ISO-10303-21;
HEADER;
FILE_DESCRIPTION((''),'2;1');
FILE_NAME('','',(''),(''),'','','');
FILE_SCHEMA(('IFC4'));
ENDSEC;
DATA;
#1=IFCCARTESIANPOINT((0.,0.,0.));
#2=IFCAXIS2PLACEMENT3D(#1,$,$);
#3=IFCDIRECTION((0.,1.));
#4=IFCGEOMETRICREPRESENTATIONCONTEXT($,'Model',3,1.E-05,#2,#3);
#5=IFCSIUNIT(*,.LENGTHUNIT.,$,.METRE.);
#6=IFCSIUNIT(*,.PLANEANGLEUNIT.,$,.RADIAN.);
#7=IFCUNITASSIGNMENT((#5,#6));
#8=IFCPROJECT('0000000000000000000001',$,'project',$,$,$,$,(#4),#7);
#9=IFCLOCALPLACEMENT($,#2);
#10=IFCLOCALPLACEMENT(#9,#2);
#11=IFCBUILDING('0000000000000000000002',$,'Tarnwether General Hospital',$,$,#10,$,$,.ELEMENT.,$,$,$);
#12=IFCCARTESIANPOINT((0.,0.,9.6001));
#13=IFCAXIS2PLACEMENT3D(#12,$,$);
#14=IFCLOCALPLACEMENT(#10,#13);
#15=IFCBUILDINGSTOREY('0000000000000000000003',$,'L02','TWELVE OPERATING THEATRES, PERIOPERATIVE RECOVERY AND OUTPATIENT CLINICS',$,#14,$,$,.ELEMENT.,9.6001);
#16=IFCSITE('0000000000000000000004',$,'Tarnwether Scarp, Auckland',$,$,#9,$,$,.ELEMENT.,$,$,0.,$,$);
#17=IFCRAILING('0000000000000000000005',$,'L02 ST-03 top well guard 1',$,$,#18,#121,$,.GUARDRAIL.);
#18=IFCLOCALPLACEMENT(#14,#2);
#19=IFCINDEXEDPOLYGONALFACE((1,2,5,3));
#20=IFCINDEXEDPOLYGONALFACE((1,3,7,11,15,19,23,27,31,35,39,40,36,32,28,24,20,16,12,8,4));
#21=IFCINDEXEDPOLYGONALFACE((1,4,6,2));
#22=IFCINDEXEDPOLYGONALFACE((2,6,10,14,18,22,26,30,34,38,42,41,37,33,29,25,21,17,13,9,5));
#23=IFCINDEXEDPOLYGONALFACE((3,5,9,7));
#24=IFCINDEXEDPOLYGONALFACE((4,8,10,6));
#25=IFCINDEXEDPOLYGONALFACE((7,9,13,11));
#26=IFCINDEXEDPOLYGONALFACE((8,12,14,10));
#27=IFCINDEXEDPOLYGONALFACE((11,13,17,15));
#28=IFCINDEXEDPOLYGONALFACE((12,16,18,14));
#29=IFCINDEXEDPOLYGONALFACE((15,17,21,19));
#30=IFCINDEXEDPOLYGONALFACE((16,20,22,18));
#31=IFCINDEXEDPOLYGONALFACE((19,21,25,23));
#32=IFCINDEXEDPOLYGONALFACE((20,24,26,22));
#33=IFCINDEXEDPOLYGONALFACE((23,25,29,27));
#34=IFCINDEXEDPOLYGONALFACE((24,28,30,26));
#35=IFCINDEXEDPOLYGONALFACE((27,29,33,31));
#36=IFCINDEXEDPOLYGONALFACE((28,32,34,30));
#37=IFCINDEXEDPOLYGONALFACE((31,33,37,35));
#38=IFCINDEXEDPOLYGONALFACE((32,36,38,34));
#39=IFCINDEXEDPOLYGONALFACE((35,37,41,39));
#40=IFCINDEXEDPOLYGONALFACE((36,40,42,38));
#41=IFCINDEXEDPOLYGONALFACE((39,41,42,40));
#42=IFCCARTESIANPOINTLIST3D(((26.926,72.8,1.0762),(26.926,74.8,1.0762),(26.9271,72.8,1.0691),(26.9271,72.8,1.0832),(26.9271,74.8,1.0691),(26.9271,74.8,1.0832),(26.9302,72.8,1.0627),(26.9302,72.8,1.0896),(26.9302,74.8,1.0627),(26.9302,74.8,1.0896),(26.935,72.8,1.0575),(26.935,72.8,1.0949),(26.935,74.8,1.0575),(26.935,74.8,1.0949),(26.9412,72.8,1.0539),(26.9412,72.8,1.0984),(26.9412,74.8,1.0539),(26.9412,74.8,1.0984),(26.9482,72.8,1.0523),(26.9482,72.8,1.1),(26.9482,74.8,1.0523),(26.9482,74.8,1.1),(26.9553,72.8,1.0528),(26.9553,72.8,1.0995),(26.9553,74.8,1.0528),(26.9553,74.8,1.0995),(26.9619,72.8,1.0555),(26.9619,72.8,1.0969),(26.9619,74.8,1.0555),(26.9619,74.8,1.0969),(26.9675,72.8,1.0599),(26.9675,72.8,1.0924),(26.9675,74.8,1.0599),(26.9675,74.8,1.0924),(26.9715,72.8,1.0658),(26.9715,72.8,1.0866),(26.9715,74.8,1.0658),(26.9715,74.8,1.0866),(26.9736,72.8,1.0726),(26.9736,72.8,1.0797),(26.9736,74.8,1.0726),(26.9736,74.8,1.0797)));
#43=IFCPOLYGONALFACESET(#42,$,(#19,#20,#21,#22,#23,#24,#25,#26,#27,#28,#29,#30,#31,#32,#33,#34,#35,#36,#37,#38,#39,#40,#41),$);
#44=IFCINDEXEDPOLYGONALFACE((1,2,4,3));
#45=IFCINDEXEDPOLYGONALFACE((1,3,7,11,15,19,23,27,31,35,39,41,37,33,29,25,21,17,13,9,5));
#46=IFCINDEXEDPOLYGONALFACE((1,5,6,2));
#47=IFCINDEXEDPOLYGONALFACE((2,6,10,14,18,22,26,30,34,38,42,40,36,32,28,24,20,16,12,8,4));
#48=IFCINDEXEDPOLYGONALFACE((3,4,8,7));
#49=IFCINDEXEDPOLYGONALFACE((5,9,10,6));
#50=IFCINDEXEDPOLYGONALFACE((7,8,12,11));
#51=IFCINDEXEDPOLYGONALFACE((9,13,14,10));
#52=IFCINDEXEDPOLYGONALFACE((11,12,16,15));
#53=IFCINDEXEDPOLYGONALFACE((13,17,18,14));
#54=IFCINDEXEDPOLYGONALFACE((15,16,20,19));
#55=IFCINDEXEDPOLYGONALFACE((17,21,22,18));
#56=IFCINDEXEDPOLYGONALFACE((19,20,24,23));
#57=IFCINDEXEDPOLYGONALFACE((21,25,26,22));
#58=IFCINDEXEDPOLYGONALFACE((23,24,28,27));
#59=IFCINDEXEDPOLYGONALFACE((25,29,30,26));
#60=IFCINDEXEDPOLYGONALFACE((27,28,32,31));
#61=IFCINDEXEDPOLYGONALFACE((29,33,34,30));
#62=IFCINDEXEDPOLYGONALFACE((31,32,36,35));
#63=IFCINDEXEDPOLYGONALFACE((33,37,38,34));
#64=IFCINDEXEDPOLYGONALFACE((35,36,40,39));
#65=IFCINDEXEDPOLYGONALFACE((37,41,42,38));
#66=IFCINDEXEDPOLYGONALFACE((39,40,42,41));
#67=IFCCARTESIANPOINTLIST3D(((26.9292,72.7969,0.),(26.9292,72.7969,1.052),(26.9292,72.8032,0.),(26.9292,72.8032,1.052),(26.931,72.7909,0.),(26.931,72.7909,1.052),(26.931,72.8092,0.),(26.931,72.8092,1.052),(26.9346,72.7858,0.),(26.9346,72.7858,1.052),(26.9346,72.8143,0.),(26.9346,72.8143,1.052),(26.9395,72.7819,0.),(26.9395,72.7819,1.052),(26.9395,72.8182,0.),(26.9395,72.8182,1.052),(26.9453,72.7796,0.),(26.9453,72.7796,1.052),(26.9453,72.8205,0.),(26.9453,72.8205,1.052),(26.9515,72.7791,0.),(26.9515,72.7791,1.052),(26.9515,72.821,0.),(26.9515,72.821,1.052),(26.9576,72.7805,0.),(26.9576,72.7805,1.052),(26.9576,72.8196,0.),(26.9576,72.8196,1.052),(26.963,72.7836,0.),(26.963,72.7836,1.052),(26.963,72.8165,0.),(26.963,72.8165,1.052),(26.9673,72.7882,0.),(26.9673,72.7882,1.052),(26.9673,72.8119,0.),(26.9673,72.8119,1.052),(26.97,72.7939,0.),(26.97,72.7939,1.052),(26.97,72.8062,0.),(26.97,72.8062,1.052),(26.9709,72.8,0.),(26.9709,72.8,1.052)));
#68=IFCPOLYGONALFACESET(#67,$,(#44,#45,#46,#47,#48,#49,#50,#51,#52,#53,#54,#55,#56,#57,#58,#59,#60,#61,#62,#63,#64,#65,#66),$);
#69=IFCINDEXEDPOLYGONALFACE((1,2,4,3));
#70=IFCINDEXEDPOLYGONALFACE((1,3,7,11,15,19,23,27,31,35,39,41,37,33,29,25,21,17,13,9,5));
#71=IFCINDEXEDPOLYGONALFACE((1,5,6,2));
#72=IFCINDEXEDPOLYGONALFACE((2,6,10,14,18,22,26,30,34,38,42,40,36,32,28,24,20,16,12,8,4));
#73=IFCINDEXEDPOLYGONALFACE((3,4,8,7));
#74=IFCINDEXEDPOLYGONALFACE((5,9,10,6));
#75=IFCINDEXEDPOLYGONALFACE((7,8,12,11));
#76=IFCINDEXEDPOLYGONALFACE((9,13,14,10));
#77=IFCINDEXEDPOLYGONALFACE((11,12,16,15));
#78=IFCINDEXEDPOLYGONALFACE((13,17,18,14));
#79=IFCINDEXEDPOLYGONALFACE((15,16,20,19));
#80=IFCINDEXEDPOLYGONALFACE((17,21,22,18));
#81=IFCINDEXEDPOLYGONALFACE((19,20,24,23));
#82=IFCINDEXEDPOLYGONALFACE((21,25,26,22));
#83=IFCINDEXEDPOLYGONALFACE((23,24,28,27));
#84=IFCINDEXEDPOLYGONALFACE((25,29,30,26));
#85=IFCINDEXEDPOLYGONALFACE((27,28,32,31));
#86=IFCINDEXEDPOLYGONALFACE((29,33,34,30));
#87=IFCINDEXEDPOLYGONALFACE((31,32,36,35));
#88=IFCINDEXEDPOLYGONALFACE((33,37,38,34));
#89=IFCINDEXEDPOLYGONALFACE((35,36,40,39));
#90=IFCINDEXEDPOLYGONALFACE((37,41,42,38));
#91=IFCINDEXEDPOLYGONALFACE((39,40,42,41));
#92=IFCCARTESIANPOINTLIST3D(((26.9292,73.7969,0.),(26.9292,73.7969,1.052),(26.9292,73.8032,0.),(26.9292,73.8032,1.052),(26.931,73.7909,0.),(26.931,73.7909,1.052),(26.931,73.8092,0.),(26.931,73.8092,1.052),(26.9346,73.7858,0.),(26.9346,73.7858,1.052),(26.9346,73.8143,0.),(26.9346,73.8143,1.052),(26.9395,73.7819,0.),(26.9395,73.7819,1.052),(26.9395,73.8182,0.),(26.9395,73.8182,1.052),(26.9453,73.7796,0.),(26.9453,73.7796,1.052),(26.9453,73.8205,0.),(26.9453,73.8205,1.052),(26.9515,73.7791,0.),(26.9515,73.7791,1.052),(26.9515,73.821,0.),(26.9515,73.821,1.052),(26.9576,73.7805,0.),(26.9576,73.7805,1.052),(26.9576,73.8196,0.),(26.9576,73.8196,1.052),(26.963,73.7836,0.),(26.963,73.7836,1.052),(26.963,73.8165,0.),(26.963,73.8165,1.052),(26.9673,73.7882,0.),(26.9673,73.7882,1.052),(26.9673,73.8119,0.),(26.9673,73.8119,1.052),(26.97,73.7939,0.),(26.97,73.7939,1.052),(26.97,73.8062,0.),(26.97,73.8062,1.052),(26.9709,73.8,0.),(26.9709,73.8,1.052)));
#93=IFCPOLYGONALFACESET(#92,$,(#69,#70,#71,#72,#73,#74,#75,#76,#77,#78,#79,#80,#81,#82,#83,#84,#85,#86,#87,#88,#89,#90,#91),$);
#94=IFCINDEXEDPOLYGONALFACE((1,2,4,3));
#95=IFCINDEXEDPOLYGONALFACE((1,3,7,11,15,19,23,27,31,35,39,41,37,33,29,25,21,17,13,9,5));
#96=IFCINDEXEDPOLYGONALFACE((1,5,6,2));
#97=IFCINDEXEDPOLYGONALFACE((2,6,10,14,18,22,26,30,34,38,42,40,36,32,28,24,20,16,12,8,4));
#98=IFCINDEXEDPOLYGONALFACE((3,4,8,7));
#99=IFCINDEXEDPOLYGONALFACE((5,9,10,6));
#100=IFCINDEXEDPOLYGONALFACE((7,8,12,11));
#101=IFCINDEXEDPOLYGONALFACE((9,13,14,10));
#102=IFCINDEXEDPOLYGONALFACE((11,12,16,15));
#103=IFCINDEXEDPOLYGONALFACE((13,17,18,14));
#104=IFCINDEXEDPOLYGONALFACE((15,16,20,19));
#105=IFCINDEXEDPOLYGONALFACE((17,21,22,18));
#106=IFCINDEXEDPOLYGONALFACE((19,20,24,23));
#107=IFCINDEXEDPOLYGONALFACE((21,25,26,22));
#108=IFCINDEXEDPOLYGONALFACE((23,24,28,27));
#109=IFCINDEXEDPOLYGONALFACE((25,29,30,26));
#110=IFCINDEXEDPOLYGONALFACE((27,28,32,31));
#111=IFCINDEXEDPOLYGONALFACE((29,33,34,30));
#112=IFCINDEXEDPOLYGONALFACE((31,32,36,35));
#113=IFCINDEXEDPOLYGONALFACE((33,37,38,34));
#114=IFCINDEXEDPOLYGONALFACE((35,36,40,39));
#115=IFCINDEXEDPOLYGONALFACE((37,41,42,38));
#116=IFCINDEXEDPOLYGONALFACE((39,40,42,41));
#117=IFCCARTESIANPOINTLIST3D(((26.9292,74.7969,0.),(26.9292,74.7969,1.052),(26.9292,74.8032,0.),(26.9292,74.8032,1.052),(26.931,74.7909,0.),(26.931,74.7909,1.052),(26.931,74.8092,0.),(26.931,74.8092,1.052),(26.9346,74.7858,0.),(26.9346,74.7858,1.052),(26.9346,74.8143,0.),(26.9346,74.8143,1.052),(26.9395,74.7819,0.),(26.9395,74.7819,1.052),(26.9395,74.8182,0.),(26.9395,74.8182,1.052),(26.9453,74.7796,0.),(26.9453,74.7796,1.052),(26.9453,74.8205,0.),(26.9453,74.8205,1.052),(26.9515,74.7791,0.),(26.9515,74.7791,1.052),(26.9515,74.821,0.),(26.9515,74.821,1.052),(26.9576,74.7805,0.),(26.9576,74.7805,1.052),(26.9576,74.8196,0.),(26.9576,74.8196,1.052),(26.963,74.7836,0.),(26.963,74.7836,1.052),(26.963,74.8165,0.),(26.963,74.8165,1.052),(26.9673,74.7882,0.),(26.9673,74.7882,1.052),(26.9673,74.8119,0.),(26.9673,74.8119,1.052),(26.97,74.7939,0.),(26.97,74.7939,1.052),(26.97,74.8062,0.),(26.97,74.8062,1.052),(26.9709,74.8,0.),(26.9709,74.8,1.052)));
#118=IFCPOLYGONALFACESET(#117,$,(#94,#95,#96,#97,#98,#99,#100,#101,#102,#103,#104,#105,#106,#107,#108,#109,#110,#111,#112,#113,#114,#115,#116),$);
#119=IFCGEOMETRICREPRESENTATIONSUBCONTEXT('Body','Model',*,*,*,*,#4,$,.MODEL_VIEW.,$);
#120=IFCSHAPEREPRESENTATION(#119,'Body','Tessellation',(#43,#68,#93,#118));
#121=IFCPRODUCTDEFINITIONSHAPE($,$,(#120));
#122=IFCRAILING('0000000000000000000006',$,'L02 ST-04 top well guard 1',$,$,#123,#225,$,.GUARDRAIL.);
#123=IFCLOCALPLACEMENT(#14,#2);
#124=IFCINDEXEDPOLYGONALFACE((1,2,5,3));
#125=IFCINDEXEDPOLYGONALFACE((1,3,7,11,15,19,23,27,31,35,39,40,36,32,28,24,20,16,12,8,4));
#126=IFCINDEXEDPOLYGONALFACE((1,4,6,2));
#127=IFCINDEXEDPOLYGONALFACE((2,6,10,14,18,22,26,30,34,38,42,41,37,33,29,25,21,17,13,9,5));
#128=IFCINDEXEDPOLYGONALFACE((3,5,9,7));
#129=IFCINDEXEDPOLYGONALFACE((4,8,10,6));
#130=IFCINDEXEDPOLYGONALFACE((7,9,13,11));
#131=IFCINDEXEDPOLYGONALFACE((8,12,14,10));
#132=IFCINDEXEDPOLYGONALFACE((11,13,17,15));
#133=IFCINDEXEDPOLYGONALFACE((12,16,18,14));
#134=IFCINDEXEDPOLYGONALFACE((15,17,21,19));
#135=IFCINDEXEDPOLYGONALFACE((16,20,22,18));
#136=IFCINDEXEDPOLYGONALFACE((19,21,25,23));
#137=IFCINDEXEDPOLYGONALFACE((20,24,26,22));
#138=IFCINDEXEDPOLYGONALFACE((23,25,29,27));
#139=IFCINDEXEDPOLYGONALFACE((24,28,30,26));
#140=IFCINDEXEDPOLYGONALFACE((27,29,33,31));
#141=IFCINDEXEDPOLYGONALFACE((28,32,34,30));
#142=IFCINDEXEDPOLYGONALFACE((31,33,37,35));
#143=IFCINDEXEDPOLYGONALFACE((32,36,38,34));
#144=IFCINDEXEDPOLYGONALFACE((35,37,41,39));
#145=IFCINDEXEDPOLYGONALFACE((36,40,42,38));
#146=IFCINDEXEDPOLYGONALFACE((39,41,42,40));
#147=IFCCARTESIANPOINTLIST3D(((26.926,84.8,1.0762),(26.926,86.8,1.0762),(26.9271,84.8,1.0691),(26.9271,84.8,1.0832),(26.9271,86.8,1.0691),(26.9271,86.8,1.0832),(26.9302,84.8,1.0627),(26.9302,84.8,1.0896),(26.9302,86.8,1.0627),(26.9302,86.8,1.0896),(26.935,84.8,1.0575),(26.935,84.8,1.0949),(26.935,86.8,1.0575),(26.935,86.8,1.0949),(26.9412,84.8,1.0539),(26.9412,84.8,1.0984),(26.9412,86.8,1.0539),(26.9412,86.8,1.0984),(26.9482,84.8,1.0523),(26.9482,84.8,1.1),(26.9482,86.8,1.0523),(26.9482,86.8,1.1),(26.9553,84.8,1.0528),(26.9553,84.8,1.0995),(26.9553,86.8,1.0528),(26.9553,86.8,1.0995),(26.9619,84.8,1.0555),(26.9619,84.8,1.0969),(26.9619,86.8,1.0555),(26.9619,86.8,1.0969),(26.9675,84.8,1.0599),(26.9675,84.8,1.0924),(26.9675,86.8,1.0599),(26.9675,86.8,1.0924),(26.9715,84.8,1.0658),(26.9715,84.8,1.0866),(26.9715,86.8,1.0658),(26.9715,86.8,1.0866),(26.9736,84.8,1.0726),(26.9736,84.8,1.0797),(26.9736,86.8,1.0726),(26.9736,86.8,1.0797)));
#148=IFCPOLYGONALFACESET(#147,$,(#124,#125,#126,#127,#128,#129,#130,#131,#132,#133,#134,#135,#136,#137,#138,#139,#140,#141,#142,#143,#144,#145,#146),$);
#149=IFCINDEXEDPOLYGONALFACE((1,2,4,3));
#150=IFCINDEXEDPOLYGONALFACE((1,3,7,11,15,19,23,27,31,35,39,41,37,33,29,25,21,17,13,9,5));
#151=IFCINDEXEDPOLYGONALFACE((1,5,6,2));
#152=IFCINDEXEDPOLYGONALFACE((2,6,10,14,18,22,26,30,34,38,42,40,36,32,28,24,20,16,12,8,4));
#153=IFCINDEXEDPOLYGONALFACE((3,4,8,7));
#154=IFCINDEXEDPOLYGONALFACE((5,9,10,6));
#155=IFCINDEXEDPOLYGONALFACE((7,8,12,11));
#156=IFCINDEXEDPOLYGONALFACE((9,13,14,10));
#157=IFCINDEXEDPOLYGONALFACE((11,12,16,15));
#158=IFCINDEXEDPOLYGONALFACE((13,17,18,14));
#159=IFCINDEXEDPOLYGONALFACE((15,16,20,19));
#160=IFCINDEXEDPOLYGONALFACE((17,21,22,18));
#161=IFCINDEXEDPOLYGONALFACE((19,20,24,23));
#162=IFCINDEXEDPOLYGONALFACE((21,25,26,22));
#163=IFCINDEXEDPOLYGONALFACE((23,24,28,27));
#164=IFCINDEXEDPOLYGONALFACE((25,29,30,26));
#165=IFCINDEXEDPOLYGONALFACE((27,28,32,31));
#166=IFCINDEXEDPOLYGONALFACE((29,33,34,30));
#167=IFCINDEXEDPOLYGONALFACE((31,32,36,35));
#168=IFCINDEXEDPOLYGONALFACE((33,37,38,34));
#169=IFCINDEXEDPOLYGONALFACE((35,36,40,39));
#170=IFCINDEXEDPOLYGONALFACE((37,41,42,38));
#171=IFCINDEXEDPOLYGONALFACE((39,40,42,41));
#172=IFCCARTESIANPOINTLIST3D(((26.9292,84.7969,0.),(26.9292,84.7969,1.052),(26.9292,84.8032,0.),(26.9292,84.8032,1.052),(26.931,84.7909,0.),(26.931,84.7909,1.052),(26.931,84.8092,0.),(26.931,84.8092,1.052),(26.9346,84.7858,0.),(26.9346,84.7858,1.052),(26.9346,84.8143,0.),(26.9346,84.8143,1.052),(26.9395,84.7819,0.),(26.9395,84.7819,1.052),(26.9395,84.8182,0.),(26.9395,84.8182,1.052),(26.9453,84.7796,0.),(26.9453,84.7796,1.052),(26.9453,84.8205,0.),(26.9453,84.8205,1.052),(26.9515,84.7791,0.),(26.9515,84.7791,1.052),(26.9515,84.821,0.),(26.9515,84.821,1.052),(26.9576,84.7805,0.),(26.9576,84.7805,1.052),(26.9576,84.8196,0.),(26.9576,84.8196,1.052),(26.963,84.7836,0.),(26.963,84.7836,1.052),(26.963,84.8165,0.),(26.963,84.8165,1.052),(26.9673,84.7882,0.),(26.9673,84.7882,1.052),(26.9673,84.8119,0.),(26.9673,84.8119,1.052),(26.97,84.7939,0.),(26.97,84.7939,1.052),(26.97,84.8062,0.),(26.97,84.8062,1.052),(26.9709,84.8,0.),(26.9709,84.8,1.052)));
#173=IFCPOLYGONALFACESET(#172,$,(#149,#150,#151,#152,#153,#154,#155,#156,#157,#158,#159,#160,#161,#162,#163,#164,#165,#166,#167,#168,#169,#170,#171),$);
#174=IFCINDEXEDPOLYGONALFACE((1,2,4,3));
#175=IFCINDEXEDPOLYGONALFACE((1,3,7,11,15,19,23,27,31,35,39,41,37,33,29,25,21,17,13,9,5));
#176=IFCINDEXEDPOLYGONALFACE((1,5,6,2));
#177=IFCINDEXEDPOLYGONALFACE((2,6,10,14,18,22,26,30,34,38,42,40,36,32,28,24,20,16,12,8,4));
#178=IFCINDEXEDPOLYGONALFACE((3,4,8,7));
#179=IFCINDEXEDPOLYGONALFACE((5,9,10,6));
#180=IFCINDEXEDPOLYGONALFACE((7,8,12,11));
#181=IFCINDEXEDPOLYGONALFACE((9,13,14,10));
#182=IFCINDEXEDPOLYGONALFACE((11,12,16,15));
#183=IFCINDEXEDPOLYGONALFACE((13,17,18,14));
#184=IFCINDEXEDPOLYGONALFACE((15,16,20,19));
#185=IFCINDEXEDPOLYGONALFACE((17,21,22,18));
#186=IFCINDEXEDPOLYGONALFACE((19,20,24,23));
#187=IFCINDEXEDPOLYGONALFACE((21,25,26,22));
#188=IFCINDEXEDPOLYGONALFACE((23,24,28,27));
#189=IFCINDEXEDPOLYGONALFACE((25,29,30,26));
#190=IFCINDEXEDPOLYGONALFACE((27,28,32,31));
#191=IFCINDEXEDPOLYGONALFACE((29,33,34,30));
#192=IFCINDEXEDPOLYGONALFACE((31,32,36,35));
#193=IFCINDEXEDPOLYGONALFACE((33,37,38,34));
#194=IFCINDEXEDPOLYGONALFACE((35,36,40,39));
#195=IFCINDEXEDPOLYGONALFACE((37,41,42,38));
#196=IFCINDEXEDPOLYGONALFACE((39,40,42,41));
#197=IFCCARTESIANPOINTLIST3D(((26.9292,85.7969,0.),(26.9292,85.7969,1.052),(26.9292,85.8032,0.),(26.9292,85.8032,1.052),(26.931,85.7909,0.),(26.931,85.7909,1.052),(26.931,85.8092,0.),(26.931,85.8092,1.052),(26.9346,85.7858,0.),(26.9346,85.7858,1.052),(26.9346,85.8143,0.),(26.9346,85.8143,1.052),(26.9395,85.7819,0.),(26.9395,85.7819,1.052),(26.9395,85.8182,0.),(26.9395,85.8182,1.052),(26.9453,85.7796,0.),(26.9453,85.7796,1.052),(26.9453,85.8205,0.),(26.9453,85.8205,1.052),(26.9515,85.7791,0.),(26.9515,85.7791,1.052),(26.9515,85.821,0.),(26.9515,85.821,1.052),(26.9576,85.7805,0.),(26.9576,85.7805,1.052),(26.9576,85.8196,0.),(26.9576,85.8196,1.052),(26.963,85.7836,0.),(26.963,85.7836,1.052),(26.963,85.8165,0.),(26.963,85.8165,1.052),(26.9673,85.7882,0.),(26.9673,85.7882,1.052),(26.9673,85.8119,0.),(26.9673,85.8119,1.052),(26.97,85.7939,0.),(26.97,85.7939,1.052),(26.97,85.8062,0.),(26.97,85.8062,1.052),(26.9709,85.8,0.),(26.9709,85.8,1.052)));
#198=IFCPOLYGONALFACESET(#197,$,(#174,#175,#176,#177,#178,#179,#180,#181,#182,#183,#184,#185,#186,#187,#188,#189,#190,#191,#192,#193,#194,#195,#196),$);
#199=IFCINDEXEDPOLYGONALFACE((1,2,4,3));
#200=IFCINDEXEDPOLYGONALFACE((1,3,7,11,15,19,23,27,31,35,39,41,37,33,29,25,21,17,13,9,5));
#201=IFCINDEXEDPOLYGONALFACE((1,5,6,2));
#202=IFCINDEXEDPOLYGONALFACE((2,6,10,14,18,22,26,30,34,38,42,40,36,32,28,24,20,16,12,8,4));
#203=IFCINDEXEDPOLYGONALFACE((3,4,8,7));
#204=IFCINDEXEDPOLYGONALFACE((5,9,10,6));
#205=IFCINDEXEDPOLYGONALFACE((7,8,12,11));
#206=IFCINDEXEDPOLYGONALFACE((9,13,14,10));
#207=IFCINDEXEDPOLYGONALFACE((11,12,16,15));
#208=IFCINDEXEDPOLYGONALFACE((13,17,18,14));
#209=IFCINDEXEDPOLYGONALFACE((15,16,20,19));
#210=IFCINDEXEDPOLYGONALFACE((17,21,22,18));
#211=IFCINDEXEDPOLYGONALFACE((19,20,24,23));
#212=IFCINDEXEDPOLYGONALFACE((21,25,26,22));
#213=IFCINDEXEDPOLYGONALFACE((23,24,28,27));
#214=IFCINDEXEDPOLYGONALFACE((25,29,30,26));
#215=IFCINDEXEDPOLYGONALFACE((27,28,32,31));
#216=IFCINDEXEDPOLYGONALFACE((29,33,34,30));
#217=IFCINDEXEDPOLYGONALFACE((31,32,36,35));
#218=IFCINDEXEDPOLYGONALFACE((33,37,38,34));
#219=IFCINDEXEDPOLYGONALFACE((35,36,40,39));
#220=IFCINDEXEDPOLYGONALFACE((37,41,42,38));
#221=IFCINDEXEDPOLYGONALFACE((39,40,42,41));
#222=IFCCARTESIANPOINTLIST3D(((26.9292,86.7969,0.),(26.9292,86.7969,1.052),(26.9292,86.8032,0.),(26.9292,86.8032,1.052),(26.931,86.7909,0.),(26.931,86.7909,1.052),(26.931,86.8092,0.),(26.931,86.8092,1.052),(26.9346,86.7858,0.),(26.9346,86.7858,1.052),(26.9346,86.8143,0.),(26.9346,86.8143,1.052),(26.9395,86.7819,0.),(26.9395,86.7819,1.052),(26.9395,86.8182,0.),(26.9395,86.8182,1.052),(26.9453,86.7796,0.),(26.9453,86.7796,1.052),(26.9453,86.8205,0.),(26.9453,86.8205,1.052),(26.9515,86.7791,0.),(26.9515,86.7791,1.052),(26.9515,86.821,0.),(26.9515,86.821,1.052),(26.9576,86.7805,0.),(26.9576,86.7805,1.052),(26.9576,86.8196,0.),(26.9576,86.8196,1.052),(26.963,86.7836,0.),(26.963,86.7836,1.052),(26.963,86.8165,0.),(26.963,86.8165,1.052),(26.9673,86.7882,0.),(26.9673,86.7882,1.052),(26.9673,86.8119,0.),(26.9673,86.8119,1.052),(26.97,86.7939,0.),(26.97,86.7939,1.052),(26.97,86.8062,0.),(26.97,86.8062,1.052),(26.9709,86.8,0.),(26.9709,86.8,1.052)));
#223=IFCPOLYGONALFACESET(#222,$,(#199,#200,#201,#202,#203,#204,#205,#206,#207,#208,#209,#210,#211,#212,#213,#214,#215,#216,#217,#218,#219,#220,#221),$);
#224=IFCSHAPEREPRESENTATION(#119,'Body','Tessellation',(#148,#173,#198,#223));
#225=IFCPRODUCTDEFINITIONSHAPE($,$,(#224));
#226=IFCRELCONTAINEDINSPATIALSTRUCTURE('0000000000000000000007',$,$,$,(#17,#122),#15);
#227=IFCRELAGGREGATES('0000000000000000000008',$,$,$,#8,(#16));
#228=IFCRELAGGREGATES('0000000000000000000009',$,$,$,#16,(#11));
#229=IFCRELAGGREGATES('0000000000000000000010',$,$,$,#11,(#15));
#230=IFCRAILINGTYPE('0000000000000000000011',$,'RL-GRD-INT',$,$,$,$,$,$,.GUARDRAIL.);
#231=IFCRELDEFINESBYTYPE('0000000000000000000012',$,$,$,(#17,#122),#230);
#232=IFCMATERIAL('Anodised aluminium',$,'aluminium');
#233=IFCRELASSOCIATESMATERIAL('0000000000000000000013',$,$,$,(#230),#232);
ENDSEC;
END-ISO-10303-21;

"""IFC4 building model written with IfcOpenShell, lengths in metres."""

from ifc_helpers import new_model, si_unit, direction, frame, origin, origin_2d, place, context, subcontext, project, spatial, circle, extrude, material, type_object, element, save


model = new_model("IFC4")

# Units and contexts
model_context = context("Model", 3, precision=1e-05, world=origin(), true_north=direction((0.0, 1.0)))
body_context = subcontext(model_context, "Body", "Model", "MODEL_VIEW")
ifc_project = project(units=[si_unit("LENGTHUNIT", "METRE"), si_unit("PLANEANGLEUNIT", "RADIAN")], contexts=[model_context])

# Site, building, storey
site_placement = place(None, origin())
site = spatial("IfcSite", under=ifc_project, at=site_placement, Name="Tarnwether Scarp, Auckland", CompositionType="ELEMENT", RefElevation=0.0)
building_placement = place(site_placement, origin())
building = spatial("IfcBuilding", under=site, at=building_placement, Name="Tarnwether General Hospital", CompositionType="ELEMENT")
storey_placement = place(building_placement, frame((0.0, 0.0, 9.6001)))
storey = spatial("IfcBuildingStorey", under=building, at=storey_placement, Name="L02", Description="TWELVE OPERATING THEATRES, PERIOPERATIVE RECOVERY AND OUTPATIENT CLINICS", CompositionType="ELEMENT", Elevation=9.6001)

# Railings
ifc_material_1 = material(Name="Anodised aluminium", Category="aluminium")
railing_type = type_object("IfcRailingType", Name="RL-GRD-INT", PredefinedType="GUARDRAIL", material=ifc_material_1)
for number, where, name in (
    (1, (26.95, 72.8, 0.0), "L02 ST-03 top well guard 1"),
    (2, (26.95, 84.8, 0.0), "L02 ST-04 top well guard 1"),
):
    element("IfcRailing", number, at=place(storey_placement, frame(where)), inside=storey, type_object=railing_type, Name=name, PredefinedType="GUARDRAIL", context=body_context, shape_type="SweptSolid", body=[
        extrude(circle(Radius=0.0239, at=origin_2d()), frame((0.0, 0.0, 1.0762), z_axis=(0.0, 1.0, 0.0), x_axis=(-1.0, 0.0, 0.0)), (0.0, 0.0, 1.0), 2.0),
        extrude(circle(Radius=0.021, at=origin_2d()), origin(), (0.0, 0.0, 1.0), 1.052),
        extrude(circle(Radius=0.021, at=origin_2d()), frame((0.0, 1.0, 0.0)), (0.0, 0.0, 1.0), 1.052),
        extrude(circle(Radius=0.021, at=origin_2d()), frame((0.0, 2.0, 0.0)), (0.0, 0.0, 1.0), 1.052),
    ])

save(model, "model.ifc")
